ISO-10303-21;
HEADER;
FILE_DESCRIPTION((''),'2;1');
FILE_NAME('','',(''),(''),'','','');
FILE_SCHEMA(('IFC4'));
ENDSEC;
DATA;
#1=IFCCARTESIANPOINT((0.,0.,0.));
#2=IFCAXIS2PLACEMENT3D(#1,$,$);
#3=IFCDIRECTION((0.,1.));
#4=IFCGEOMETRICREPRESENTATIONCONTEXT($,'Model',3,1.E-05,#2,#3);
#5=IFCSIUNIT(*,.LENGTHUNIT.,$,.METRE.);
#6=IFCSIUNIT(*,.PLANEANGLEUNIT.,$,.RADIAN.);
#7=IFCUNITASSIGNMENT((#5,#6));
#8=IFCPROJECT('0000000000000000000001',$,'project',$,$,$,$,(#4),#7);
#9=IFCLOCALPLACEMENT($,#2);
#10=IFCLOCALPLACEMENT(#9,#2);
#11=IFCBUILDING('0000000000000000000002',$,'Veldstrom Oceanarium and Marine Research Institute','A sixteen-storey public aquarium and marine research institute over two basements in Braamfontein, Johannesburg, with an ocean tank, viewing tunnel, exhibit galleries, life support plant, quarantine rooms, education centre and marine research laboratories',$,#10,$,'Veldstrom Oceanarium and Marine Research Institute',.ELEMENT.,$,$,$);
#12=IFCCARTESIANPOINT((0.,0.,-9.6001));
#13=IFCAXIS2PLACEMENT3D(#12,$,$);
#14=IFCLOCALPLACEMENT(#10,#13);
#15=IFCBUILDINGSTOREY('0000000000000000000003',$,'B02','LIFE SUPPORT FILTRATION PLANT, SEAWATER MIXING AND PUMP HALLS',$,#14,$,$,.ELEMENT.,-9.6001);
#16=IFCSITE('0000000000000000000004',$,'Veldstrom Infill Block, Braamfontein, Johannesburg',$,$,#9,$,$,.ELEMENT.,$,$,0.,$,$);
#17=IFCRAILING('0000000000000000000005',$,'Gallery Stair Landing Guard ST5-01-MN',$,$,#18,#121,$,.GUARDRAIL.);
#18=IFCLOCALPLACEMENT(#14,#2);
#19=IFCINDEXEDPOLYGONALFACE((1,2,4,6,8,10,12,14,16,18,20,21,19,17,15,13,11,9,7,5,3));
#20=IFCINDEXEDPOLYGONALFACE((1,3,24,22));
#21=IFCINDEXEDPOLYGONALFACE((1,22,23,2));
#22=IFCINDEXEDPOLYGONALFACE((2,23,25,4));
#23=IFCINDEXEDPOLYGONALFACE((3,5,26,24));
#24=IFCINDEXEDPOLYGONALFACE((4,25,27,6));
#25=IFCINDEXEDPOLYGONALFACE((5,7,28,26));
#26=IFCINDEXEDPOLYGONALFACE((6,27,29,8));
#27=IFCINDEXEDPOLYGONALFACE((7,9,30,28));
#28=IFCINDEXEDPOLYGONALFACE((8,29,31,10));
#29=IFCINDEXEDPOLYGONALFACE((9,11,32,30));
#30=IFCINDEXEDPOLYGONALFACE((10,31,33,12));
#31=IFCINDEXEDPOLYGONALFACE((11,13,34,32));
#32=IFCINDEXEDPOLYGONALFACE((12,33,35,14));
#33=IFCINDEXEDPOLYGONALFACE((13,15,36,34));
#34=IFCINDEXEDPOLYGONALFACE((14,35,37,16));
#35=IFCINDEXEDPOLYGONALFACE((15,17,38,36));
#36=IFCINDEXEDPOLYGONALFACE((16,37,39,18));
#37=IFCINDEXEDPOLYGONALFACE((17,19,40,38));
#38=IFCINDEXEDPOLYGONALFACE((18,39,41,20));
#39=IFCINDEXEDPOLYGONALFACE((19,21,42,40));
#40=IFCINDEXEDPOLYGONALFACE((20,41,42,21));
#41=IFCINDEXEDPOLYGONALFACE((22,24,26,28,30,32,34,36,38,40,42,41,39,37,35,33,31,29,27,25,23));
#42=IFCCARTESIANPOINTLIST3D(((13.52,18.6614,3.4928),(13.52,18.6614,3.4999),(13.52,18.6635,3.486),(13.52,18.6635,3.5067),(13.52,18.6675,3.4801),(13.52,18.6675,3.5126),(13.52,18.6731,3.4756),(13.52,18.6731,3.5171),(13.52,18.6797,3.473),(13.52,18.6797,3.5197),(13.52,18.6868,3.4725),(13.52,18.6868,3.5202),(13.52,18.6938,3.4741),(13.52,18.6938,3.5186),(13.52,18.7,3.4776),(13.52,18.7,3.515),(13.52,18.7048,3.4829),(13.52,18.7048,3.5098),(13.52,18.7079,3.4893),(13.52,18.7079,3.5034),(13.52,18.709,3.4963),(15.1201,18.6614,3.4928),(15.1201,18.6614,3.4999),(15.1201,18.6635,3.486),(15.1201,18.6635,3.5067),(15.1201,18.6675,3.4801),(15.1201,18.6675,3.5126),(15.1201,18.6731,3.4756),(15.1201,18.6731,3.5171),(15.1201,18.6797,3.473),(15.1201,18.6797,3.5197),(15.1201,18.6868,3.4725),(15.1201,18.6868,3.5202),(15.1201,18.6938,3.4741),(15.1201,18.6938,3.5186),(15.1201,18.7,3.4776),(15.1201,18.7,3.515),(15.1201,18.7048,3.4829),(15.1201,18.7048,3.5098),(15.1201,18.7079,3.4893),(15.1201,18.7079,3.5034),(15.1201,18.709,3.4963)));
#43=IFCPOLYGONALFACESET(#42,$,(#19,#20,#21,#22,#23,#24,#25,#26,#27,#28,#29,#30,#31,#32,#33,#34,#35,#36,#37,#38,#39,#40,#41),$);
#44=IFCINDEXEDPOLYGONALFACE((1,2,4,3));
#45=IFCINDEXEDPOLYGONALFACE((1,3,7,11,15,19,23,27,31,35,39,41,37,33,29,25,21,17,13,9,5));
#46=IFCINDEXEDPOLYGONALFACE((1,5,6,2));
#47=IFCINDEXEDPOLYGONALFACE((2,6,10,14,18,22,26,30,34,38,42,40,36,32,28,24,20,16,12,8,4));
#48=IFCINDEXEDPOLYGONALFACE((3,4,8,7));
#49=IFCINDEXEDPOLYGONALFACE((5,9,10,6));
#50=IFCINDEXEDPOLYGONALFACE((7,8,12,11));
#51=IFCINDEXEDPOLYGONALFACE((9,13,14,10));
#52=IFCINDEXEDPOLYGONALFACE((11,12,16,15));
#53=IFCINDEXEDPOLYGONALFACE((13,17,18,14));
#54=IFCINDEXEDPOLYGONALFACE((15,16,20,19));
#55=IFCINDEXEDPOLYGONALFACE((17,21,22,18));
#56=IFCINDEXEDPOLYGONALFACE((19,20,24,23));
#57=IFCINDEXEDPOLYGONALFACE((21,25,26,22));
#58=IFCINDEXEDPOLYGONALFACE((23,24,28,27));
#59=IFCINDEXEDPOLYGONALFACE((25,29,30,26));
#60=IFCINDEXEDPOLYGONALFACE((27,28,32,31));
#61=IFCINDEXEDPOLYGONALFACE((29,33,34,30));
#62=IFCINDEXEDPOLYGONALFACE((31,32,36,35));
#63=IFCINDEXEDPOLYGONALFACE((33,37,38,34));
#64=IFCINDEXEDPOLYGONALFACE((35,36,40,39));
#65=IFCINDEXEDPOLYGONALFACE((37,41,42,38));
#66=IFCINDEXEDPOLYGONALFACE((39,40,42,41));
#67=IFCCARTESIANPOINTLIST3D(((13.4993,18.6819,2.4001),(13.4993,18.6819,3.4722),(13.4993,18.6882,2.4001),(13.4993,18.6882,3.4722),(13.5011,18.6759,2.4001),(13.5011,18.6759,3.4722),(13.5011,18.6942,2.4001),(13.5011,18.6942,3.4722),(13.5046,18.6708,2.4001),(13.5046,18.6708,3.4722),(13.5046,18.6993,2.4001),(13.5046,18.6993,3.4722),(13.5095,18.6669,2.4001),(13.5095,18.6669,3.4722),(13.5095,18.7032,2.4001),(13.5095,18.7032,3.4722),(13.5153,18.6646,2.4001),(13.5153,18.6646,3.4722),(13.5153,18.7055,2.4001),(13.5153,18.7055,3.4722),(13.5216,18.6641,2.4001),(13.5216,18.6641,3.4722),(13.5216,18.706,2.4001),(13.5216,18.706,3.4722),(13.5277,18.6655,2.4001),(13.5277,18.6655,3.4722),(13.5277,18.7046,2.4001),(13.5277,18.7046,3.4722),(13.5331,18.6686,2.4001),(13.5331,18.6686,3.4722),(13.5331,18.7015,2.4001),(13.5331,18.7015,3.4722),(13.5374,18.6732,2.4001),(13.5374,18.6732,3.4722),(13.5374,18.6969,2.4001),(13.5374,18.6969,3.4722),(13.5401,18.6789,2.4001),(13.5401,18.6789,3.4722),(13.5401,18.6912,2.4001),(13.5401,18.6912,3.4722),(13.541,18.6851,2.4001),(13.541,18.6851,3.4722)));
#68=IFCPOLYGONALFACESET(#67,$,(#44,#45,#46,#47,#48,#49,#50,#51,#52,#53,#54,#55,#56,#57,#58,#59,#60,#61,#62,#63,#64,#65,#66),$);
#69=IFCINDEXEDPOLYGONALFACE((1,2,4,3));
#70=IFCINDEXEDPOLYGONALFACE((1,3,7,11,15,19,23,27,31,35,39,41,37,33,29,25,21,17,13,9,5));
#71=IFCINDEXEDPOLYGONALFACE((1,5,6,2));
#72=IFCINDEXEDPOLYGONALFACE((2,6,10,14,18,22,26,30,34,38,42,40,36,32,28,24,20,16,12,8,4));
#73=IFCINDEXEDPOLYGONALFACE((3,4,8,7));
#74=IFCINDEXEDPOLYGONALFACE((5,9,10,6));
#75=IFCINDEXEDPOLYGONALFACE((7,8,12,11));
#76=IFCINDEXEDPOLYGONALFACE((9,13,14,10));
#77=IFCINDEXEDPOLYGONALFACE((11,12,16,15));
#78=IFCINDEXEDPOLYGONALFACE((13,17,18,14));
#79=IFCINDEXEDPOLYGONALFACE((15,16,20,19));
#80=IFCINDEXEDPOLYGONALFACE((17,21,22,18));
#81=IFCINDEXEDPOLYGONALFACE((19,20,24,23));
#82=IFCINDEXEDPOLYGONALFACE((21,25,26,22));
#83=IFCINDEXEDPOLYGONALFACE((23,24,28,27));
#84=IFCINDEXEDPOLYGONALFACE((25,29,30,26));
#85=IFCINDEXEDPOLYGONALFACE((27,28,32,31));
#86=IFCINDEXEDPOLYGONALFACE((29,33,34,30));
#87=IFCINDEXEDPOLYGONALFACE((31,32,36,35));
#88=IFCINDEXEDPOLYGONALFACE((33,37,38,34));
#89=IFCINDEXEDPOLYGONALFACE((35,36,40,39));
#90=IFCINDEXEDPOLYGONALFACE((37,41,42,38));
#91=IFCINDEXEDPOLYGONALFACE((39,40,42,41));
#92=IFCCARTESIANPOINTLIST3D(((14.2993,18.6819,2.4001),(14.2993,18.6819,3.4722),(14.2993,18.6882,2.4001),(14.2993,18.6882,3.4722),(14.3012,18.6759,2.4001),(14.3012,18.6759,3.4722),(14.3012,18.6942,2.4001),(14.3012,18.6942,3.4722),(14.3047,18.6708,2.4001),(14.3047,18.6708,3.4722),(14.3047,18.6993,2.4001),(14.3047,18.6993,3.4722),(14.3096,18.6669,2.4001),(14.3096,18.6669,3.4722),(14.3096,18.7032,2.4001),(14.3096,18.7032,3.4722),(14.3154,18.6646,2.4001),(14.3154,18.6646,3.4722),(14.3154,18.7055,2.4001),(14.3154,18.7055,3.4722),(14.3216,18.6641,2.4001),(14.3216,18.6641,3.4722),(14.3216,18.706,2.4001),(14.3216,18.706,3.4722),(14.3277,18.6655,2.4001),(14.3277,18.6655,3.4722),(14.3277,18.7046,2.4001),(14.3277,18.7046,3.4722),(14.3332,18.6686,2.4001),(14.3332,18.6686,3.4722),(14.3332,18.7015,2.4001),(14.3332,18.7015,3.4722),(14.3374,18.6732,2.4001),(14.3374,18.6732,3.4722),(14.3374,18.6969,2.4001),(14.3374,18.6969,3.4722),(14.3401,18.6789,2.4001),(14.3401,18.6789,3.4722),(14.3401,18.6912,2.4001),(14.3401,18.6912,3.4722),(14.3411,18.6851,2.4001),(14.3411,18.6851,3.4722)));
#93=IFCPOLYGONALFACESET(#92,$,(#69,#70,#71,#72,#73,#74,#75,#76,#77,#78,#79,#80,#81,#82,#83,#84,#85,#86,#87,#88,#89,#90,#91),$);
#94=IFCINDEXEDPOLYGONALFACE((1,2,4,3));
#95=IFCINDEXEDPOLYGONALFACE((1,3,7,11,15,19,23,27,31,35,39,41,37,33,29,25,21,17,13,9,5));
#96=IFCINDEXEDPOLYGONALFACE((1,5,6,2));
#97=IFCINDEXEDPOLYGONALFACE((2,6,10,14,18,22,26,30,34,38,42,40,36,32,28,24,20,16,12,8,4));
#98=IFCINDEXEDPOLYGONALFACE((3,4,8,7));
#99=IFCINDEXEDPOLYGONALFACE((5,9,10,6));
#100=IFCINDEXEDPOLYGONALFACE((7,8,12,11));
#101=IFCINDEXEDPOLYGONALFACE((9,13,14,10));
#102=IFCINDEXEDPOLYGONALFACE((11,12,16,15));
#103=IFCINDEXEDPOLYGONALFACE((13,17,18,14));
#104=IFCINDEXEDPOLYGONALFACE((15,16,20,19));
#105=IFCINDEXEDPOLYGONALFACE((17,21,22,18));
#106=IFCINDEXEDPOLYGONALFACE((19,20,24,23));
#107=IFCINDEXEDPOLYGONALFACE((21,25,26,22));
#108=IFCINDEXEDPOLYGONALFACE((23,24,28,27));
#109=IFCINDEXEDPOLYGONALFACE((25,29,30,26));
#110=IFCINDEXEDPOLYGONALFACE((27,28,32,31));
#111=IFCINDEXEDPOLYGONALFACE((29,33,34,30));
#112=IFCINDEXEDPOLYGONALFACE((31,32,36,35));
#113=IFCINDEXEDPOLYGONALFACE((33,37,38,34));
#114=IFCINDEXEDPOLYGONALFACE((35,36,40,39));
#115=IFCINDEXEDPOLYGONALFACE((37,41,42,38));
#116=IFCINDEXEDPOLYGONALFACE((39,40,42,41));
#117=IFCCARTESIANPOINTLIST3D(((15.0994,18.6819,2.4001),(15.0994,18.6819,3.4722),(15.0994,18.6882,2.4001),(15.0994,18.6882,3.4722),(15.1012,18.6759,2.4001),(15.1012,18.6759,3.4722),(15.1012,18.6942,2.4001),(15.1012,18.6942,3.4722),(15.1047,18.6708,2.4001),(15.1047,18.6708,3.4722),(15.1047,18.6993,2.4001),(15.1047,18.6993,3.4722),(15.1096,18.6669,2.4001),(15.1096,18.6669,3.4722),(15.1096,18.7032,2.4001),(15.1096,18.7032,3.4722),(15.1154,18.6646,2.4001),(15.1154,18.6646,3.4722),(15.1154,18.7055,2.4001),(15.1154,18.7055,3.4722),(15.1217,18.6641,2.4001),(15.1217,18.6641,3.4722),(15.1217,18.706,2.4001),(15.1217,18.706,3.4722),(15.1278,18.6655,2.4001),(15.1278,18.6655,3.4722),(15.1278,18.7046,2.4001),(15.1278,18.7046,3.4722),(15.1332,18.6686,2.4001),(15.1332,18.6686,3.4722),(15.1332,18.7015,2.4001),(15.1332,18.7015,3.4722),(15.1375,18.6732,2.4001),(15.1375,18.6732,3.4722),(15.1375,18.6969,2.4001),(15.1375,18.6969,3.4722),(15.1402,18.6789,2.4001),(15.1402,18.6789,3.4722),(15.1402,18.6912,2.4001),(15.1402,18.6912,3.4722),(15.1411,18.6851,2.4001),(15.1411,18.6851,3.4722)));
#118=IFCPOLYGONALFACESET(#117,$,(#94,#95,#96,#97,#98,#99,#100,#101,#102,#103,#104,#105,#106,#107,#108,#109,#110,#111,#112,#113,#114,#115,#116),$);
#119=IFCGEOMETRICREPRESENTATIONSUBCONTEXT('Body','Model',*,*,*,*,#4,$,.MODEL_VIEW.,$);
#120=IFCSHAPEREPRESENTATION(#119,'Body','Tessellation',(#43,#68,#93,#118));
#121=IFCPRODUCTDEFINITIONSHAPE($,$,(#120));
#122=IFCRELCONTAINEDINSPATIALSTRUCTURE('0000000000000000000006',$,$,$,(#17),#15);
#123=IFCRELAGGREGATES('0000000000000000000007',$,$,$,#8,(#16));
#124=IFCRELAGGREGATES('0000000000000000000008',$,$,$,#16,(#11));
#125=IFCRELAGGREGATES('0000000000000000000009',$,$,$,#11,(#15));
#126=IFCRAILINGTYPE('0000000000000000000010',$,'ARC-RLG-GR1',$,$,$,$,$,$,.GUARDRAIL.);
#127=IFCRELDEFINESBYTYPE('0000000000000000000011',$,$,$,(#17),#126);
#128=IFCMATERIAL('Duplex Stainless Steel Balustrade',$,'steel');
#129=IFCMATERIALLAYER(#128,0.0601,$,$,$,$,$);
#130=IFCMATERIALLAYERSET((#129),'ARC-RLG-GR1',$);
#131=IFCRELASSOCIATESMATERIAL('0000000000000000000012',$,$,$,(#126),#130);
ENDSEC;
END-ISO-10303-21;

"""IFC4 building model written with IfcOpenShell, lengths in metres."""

from ifc_helpers import new_model, si_unit, direction, frame, origin, origin_2d, place, context, subcontext, project, spatial, circle, extrude, material, layer, layer_set, type_object, element, save


model = new_model("IFC4")

# Units and contexts
model_context = context("Model", 3, precision=1e-05, world=origin(), true_north=direction((0.0, 1.0)))
body_context = subcontext(model_context, "Body", "Model", "MODEL_VIEW")
ifc_project = project(units=[si_unit("LENGTHUNIT", "METRE"), si_unit("PLANEANGLEUNIT", "RADIAN")], contexts=[model_context])

# Site, building, storey
site_placement = place(None, origin())
site = spatial("IfcSite", under=ifc_project, at=site_placement, Name="Veldstrom Infill Block, Braamfontein, Johannesburg", CompositionType="ELEMENT", RefElevation=0.0)
building_placement = place(site_placement, origin())
building = spatial("IfcBuilding", under=site, at=building_placement, Name="Veldstrom Oceanarium and Marine Research Institute", Description="A sixteen-storey public aquarium and marine research institute over two basements in Braamfontein, Johannesburg, with an ocean tank, viewing tunnel, exhibit galleries, life support plant, quarantine rooms, education centre and marine research laboratories", LongName="Veldstrom Oceanarium and Marine Research Institute", CompositionType="ELEMENT")
storey_placement = place(building_placement, frame((0.0, 0.0, -9.6001)))
storey = spatial("IfcBuildingStorey", under=building, at=storey_placement, Name="B02", Description="LIFE SUPPORT FILTRATION PLANT, SEAWATER MIXING AND PUMP HALLS", CompositionType="ELEMENT", Elevation=-9.6001)

# Railing
ifc_material_1 = material(Name="Duplex Stainless Steel Balustrade", Category="steel")
ifc_layer_1 = layer(ifc_material_1, 0.0601)
ifc_layer_set_1 = layer_set([ifc_layer_1], Name="ARC-RLG-GR1")
railing_type = type_object("IfcRailingType", Name="ARC-RLG-GR1", PredefinedType="GUARDRAIL", material=ifc_layer_set_1)
railing_1_placement = place(storey_placement, frame((13.52, 18.6851, 2.4001)))
element("IfcRailing", 1, at=railing_1_placement, inside=storey, type_object=railing_type, Name="Gallery Stair Landing Guard ST5-01-MN", PredefinedType="GUARDRAIL", context=body_context, shape_type="SweptSolid", body=[
    extrude(circle(Radius=0.0239, at=origin_2d()), frame((0.0, 0.0, 1.0962), z_axis=(1.0, 0.0, 0.0), x_axis=(0.0, 1.0, 0.0)), (0.0, 0.0, 1.0), 1.6001),
    extrude(circle(Radius=0.021, at=origin_2d()), origin(), (0.0, 0.0, 1.0), 1.072),
    extrude(circle(Radius=0.021, at=origin_2d()), frame((0.8, 0.0, 0.0)), (0.0, 0.0, 1.0), 1.072),
    extrude(circle(Radius=0.021, at=origin_2d()), frame((1.6001, 0.0, 0.0)), (0.0, 0.0, 1.0), 1.072),
])

save(model, "model.ifc")
